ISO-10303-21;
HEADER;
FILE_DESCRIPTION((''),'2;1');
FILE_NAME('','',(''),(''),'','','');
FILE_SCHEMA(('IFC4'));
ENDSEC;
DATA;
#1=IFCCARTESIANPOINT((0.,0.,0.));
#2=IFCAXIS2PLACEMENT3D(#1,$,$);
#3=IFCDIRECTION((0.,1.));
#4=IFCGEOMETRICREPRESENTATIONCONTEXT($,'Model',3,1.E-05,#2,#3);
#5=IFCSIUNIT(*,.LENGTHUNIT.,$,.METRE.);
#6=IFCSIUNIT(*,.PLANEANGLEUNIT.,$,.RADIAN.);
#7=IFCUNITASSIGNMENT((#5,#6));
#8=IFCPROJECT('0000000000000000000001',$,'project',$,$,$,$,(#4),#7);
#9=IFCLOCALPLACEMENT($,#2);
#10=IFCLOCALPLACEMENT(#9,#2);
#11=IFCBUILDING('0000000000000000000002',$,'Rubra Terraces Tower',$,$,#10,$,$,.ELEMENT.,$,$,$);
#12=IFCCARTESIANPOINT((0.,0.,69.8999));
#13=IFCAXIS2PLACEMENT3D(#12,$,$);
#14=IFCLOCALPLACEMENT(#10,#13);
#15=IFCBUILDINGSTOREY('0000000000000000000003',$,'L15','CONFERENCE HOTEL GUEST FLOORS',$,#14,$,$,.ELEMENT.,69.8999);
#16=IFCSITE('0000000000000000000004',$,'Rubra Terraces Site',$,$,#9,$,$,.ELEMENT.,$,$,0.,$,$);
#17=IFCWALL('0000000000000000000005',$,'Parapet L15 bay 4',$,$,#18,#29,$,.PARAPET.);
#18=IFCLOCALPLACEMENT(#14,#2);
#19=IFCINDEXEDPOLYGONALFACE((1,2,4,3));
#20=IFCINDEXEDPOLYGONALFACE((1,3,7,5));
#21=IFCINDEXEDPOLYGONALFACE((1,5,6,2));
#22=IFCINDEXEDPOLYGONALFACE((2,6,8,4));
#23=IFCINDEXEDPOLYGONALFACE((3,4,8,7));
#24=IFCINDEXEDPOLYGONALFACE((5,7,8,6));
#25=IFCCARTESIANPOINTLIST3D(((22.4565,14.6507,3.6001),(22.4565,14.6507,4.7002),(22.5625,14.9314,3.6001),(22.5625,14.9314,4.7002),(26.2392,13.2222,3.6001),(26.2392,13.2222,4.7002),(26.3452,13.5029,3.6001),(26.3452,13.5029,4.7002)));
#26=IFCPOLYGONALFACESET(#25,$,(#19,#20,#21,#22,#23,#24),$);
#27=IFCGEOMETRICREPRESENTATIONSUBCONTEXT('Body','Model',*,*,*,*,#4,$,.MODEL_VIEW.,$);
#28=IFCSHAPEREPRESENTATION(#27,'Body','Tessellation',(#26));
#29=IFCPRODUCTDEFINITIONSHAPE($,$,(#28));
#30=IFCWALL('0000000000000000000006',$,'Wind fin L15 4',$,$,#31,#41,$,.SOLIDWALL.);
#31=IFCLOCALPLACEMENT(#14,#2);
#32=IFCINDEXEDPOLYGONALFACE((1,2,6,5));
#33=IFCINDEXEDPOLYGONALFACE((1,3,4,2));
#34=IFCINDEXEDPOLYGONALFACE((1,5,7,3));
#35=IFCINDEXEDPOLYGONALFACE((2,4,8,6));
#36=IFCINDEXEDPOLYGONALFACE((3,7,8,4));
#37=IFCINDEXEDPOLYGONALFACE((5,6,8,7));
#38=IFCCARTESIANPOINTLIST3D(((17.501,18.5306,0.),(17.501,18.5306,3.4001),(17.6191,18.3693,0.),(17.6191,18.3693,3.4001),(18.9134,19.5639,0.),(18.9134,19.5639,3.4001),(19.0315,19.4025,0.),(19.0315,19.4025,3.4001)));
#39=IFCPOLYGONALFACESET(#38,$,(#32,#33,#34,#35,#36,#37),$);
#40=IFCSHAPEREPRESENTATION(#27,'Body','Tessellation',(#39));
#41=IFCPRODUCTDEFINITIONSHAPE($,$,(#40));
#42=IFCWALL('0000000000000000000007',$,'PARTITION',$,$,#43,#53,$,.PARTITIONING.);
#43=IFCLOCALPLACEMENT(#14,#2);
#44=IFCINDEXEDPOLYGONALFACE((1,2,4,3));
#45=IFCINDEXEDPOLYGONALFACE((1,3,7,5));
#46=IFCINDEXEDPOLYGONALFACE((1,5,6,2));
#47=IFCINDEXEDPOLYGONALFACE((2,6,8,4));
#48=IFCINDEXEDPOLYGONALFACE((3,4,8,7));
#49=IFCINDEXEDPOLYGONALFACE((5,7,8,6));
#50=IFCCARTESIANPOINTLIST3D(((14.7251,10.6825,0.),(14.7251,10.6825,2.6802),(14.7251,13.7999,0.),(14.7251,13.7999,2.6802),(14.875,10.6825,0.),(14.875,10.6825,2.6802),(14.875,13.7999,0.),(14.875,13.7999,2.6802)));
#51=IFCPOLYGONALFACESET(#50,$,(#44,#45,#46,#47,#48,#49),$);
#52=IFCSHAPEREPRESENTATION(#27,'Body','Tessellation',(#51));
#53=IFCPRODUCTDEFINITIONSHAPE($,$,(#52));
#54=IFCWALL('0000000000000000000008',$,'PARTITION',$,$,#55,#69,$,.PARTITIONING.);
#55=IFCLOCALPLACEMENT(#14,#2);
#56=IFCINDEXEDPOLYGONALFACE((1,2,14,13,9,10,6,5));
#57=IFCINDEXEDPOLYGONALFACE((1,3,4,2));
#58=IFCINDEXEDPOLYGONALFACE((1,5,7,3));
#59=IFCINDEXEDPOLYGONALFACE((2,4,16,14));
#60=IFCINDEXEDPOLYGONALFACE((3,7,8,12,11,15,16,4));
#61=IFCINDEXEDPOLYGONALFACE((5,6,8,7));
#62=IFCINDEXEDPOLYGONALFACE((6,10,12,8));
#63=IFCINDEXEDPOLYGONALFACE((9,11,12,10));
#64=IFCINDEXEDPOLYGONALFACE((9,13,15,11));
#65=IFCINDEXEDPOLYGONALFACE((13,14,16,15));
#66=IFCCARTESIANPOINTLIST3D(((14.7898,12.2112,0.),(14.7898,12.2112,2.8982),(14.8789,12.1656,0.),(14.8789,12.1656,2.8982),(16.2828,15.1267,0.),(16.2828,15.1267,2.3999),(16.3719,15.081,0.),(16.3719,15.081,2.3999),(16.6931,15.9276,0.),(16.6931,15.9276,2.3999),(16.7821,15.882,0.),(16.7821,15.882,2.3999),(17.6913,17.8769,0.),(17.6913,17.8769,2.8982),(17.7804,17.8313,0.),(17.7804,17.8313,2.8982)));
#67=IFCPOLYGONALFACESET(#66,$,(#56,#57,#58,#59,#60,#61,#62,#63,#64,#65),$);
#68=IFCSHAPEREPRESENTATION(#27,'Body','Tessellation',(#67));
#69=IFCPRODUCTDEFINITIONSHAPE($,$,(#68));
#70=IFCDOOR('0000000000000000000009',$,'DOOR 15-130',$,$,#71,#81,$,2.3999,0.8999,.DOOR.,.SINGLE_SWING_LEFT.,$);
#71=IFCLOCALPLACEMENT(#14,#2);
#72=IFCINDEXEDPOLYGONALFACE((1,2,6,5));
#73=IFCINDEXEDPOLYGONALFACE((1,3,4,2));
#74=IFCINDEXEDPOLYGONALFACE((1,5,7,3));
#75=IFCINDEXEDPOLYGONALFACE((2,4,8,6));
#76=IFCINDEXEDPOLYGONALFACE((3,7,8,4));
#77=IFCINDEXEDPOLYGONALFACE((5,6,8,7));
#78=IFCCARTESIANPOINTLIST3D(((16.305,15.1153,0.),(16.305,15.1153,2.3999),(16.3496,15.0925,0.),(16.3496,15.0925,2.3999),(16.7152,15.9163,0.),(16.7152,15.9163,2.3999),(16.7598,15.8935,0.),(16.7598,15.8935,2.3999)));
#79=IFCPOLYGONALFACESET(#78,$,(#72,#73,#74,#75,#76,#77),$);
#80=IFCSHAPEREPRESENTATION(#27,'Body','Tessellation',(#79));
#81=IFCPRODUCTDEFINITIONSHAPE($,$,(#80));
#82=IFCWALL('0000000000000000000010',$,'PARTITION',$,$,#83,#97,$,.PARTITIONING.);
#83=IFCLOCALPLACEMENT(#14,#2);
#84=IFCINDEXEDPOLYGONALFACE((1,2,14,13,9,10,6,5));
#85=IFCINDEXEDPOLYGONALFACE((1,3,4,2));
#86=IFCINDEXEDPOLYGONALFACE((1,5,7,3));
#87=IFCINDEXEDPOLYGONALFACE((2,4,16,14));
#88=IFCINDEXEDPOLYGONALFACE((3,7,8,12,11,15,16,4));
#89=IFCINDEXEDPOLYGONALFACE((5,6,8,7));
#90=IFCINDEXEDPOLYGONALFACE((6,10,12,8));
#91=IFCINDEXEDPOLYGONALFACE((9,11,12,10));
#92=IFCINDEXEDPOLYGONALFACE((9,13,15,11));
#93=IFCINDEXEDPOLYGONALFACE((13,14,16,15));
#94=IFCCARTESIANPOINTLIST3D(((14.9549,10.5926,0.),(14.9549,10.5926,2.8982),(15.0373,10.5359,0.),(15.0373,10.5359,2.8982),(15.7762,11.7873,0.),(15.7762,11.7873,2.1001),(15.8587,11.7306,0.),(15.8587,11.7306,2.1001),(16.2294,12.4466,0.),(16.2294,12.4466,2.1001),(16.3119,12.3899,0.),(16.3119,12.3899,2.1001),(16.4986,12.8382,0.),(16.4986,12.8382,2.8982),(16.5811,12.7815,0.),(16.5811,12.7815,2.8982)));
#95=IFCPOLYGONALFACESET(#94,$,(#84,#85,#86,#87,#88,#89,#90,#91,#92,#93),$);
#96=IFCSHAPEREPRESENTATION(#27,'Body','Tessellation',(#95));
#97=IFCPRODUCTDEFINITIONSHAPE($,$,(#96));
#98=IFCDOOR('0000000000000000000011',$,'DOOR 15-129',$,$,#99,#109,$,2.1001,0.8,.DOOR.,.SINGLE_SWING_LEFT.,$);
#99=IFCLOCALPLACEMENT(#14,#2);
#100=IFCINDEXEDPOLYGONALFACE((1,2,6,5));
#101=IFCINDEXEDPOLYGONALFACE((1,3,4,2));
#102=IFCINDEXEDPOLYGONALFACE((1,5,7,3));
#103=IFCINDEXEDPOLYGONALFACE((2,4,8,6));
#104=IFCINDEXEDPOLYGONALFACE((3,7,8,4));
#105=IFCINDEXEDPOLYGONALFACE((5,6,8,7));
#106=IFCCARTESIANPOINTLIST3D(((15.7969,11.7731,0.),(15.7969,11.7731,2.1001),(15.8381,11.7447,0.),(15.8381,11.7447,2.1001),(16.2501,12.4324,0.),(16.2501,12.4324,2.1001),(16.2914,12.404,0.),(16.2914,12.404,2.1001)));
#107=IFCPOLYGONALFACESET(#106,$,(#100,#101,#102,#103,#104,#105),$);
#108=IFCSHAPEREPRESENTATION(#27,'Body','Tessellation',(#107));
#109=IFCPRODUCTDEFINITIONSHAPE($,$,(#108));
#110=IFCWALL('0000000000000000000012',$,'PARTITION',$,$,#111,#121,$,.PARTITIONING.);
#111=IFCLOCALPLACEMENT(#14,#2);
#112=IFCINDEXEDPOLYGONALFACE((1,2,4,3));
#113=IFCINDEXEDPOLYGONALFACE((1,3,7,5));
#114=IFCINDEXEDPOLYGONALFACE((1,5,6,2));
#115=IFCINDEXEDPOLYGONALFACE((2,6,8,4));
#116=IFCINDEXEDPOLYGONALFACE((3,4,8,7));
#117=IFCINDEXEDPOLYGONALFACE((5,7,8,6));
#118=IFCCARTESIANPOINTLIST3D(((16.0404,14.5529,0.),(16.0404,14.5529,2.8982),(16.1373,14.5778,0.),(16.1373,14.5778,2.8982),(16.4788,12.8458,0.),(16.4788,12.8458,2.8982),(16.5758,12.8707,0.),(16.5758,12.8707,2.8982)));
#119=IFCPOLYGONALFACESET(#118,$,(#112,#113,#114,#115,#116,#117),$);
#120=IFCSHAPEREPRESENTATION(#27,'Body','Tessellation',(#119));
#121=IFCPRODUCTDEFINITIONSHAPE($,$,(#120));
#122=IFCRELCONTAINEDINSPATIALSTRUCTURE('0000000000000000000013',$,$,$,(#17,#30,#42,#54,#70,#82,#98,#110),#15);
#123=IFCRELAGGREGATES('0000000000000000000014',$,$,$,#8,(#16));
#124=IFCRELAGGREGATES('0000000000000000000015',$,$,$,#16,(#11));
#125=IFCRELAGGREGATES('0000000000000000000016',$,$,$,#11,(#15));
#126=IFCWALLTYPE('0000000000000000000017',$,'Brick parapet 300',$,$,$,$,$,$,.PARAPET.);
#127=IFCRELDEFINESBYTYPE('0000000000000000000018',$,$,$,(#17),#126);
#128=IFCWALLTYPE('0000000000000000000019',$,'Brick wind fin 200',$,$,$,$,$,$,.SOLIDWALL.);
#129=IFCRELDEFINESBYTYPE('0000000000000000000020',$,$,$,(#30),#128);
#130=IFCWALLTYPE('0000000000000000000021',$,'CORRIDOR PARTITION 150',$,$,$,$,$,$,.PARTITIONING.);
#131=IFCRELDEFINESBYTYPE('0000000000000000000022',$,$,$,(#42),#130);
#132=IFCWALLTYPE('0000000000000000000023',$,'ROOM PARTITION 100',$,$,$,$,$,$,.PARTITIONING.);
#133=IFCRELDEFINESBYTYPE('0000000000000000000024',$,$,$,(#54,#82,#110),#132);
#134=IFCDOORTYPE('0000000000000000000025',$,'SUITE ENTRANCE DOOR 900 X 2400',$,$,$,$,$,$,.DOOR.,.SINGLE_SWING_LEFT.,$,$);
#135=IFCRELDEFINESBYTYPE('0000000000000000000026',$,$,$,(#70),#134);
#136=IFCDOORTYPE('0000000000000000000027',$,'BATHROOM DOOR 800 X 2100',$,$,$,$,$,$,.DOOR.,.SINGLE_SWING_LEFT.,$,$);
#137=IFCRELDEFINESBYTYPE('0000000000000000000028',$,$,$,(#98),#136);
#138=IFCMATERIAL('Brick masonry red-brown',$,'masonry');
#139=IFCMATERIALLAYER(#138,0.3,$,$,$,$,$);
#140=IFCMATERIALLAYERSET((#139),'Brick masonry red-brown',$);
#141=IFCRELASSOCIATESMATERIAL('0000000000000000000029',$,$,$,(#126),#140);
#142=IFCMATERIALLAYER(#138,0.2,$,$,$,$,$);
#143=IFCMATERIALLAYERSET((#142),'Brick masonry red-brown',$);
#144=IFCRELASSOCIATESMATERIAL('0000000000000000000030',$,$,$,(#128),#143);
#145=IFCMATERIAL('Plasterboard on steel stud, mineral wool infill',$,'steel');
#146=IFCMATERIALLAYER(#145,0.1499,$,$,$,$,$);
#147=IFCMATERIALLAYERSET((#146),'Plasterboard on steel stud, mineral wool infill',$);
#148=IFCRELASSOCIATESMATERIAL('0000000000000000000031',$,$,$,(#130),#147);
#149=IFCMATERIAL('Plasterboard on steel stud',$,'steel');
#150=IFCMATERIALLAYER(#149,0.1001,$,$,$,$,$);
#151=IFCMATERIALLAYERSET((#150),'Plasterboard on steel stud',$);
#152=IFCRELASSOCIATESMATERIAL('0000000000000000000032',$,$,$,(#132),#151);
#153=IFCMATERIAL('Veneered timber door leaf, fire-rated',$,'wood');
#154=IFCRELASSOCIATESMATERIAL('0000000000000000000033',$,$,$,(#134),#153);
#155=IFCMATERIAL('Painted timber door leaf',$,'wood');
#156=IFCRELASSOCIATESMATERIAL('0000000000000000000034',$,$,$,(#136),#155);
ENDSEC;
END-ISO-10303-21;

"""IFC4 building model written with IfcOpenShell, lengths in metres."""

from ifc_helpers import new_model, si_unit, direction, frame, frame_2d, origin, place, context, subcontext, project, spatial, rectangle, extrude, material, layer, layer_set, type_object, element, fill, save


model = new_model("IFC4")

# Units and contexts
model_context = context("Model", 3, precision=1e-05, world=origin(), true_north=direction((0.0, 1.0)))
body_context = subcontext(model_context, "Body", "Model", "MODEL_VIEW")
ifc_project = project(units=[si_unit("LENGTHUNIT", "METRE"), si_unit("PLANEANGLEUNIT", "RADIAN")], contexts=[model_context])

# Site, building, storey
site_placement = place(None, origin())
site = spatial("IfcSite", under=ifc_project, at=site_placement, Name="Rubra Terraces Site", CompositionType="ELEMENT", RefElevation=0.0)
building_placement = place(site_placement, origin())
building = spatial("IfcBuilding", under=site, at=building_placement, Name="Rubra Terraces Tower", CompositionType="ELEMENT")
storey_placement = place(building_placement, frame((0.0, 0.0, 69.8999)))
storey = spatial("IfcBuildingStorey", under=building, at=storey_placement, Name="L15", Description="CONFERENCE HOTEL GUEST FLOORS", CompositionType="ELEMENT", Elevation=69.8999)

# Shared definitions
ifc_material_1 = material(Name="Brick masonry red-brown", Category="masonry")

# Walls
ifc_layer_1 = layer(ifc_material_1, 0.3)
ifc_layer_set_1 = layer_set([ifc_layer_1], Name="Brick masonry red-brown")
wall_type_1 = type_object("IfcWallType", Name="Brick parapet 300", PredefinedType="PARAPET", material=ifc_layer_set_1)
wall_1_placement = place(storey_placement, frame((26.2922, 13.3625, 3.6001), z_axis=(0.0, 0.0, 1.0), x_axis=(-0.935518, 0.35328, 0.0)))
element("IfcWall", 1, at=wall_1_placement, inside=storey, type_object=wall_type_1, Name="Parapet L15 bay 4", PredefinedType="PARAPET", context=body_context, shape_type="SweptSolid", body=[
    extrude(rectangle(XDim=4.0435, YDim=0.3, at=frame_2d((2.0217, 0.0))), origin(), (0.0, 0.0, 1.0), 1.1001),
])
ifc_layer_2 = layer(ifc_material_1, 0.2)
ifc_layer_set_2 = layer_set([ifc_layer_2], Name="Brick masonry red-brown")
wall_type_2 = type_object("IfcWallType", Name="Brick wind fin 200", PredefinedType="SOLIDWALL", material=ifc_layer_set_2)
wall_2_placement = place(storey_placement, frame((17.5601, 18.45, 0.0), z_axis=(0.0, 0.0, 1.0), x_axis=(0.807092, 0.590426, 0.0)))
element("IfcWall", 2, at=wall_2_placement, inside=storey, type_object=wall_type_2, Name="Wind fin L15 4", PredefinedType="SOLIDWALL", context=body_context, shape_type="SweptSolid", body=[
    extrude(rectangle(XDim=1.75, YDim=0.2, at=frame_2d((0.875, 0.0))), origin(), (0.0, 0.0, 1.0), 3.4001),
])
ifc_material_2 = material(Name="Plasterboard on steel stud, mineral wool infill", Category="steel")
ifc_layer_3 = layer(ifc_material_2, 0.1499)
ifc_layer_set_3 = layer_set([ifc_layer_3], Name="Plasterboard on steel stud, mineral wool infill")
wall_type_3 = type_object("IfcWallType", Name="CORRIDOR PARTITION 150", PredefinedType="PARTITIONING", material=ifc_layer_set_3)
wall_3_placement = place(storey_placement, frame((14.8, 10.6826, 0.0), z_axis=(0.0, 0.0, 1.0), x_axis=(0.0, 1.0, 0.0)))
element("IfcWall", 3, at=wall_3_placement, inside=storey, type_object=wall_type_3, Name="PARTITION", PredefinedType="PARTITIONING", context=body_context, shape_type="SweptSolid", body=[
    extrude(rectangle(XDim=3.1174, YDim=0.1499, at=frame_2d((1.5586, 0.0))), origin(), (0.0, 0.0, 1.0), 2.6802),
])

# Walls, openings, doors
ifc_material_3 = material(Name="Plasterboard on steel stud", Category="steel")
ifc_layer_4 = layer(ifc_material_3, 0.1001)
ifc_layer_set_4 = layer_set([ifc_layer_4], Name="Plasterboard on steel stud")
wall_type_4 = type_object("IfcWallType", Name="ROOM PARTITION 100", PredefinedType="PARTITIONING", material=ifc_layer_set_4)
wall_4_placement = place(storey_placement, frame((17.7358, 17.854, 0.0), z_axis=(0.0, 0.0, 1.0), x_axis=(-0.45583, -0.890067, 0.0)))
wall_4 = element("IfcWall", 4, at=wall_4_placement, inside=storey, type_object=wall_type_4, Name="PARTITION", PredefinedType="PARTITIONING", context=body_context, shape_type="SweptSolid", body=[
    extrude(rectangle(XDim=6.3655, YDim=0.1001, at=frame_2d((3.1826, 0.0))), origin(), (0.0, 0.0, 1.0), 2.8982),
])
opening_1_placement = place(wall_4_placement, frame((2.1899, 0.0, 0.0)))
opening_1 = element("IfcOpeningElement", 5, at=opening_1_placement, cuts=wall_4, PredefinedType="OPENING", context=body_context, shape_type="SweptSolid", body=[
    extrude(rectangle(XDim=0.8999, YDim=2.3999, at=frame_2d((0.45, 1.2))), frame((0.0, 0.0601, 0.0), z_axis=(0.0, -1.0, 0.0), x_axis=(1.0, 0.0, 0.0)), (0.0, 0.0, 1.0), 0.1201),
])
ifc_material_4 = material(Name="Veneered timber door leaf, fire-rated", Category="wood")
door_type_1 = type_object("IfcDoorType", Name="SUITE ENTRANCE DOOR 900 X 2400", OperationType="SINGLE_SWING_LEFT", PredefinedType="DOOR", material=ifc_material_4)
door_1_placement = place(opening_1_placement, origin())
door_1 = element("IfcDoor", 6, at=door_1_placement, inside=storey, type_object=door_type_1, Name="DOOR 15-130", OperationType="SINGLE_SWING_LEFT", OverallHeight=2.3999, OverallWidth=0.8999, PredefinedType="DOOR", context=body_context, shape_type="SweptSolid", body=[
    extrude(rectangle(XDim=0.8999, YDim=2.3999, at=frame_2d((0.45, 1.2))), frame((0.0, 0.0249, 0.0), z_axis=(0.0, -1.0, 0.0), x_axis=(1.0, 0.0, 0.0)), (0.0, 0.0, 1.0), 0.05),
])
fill(opening_1, door_1)
wall_5_placement = place(storey_placement, frame((14.9961, 10.5642, 0.0), z_axis=(0.0, 0.0, 1.0), x_axis=(0.566491, 0.824068, 0.0)))
wall_5 = element("IfcWall", 7, at=wall_5_placement, inside=storey, type_object=wall_type_4, Name="PARTITION", PredefinedType="PARTITIONING", context=body_context, shape_type="SweptSolid", body=[
    extrude(rectangle(XDim=2.7251, YDim=0.1001, at=frame_2d((1.3625, 0.0))), origin(), (0.0, 0.0, 1.0), 2.8982),
])
opening_2_placement = place(wall_5_placement, frame((1.45, 0.0, 0.0)))
opening_2 = element("IfcOpeningElement", 8, at=opening_2_placement, cuts=wall_5, PredefinedType="OPENING", context=body_context, shape_type="SweptSolid", body=[
    extrude(rectangle(XDim=0.8, YDim=2.1001, at=frame_2d((0.3999, 1.05))), frame((0.0, 0.0601, 0.0), z_axis=(0.0, -1.0, 0.0), x_axis=(1.0, 0.0, 0.0)), (0.0, 0.0, 1.0), 0.1201),
])
ifc_material_5 = material(Name="Painted timber door leaf", Category="wood")
door_type_2 = type_object("IfcDoorType", Name="BATHROOM DOOR 800 X 2100", OperationType="SINGLE_SWING_LEFT", PredefinedType="DOOR", material=ifc_material_5)
door_2_placement = place(opening_2_placement, origin())
door_2 = element("IfcDoor", 9, at=door_2_placement, inside=storey, type_object=door_type_2, Name="DOOR 15-129", OperationType="SINGLE_SWING_LEFT", OverallHeight=2.1001, OverallWidth=0.8, PredefinedType="DOOR", context=body_context, shape_type="SweptSolid", body=[
    extrude(rectangle(XDim=0.8, YDim=2.1001, at=frame_2d((0.3999, 1.05))), frame((0.0, 0.0249, 0.0), z_axis=(0.0, -1.0, 0.0), x_axis=(1.0, 0.0, 0.0)), (0.0, 0.0, 1.0), 0.05),
])
fill(opening_2, door_2)

# Wall
wall_6_placement = place(storey_placement, frame((16.5273, 12.8582, 0.0), z_axis=(0.0, 0.0, 1.0), x_axis=(-0.248789, 0.968558, 0.0)))
element("IfcWall", 10, at=wall_6_placement, inside=storey, type_object=wall_type_4, Name="PARTITION", PredefinedType="PARTITIONING", context=body_context, shape_type="SweptSolid", body=[
    extrude(rectangle(XDim=1.7625, YDim=0.1001, at=frame_2d((0.8813, 0.0))), origin(), (0.0, 0.0, 1.0), 2.8982),
])

save(model, "model.ifc")
